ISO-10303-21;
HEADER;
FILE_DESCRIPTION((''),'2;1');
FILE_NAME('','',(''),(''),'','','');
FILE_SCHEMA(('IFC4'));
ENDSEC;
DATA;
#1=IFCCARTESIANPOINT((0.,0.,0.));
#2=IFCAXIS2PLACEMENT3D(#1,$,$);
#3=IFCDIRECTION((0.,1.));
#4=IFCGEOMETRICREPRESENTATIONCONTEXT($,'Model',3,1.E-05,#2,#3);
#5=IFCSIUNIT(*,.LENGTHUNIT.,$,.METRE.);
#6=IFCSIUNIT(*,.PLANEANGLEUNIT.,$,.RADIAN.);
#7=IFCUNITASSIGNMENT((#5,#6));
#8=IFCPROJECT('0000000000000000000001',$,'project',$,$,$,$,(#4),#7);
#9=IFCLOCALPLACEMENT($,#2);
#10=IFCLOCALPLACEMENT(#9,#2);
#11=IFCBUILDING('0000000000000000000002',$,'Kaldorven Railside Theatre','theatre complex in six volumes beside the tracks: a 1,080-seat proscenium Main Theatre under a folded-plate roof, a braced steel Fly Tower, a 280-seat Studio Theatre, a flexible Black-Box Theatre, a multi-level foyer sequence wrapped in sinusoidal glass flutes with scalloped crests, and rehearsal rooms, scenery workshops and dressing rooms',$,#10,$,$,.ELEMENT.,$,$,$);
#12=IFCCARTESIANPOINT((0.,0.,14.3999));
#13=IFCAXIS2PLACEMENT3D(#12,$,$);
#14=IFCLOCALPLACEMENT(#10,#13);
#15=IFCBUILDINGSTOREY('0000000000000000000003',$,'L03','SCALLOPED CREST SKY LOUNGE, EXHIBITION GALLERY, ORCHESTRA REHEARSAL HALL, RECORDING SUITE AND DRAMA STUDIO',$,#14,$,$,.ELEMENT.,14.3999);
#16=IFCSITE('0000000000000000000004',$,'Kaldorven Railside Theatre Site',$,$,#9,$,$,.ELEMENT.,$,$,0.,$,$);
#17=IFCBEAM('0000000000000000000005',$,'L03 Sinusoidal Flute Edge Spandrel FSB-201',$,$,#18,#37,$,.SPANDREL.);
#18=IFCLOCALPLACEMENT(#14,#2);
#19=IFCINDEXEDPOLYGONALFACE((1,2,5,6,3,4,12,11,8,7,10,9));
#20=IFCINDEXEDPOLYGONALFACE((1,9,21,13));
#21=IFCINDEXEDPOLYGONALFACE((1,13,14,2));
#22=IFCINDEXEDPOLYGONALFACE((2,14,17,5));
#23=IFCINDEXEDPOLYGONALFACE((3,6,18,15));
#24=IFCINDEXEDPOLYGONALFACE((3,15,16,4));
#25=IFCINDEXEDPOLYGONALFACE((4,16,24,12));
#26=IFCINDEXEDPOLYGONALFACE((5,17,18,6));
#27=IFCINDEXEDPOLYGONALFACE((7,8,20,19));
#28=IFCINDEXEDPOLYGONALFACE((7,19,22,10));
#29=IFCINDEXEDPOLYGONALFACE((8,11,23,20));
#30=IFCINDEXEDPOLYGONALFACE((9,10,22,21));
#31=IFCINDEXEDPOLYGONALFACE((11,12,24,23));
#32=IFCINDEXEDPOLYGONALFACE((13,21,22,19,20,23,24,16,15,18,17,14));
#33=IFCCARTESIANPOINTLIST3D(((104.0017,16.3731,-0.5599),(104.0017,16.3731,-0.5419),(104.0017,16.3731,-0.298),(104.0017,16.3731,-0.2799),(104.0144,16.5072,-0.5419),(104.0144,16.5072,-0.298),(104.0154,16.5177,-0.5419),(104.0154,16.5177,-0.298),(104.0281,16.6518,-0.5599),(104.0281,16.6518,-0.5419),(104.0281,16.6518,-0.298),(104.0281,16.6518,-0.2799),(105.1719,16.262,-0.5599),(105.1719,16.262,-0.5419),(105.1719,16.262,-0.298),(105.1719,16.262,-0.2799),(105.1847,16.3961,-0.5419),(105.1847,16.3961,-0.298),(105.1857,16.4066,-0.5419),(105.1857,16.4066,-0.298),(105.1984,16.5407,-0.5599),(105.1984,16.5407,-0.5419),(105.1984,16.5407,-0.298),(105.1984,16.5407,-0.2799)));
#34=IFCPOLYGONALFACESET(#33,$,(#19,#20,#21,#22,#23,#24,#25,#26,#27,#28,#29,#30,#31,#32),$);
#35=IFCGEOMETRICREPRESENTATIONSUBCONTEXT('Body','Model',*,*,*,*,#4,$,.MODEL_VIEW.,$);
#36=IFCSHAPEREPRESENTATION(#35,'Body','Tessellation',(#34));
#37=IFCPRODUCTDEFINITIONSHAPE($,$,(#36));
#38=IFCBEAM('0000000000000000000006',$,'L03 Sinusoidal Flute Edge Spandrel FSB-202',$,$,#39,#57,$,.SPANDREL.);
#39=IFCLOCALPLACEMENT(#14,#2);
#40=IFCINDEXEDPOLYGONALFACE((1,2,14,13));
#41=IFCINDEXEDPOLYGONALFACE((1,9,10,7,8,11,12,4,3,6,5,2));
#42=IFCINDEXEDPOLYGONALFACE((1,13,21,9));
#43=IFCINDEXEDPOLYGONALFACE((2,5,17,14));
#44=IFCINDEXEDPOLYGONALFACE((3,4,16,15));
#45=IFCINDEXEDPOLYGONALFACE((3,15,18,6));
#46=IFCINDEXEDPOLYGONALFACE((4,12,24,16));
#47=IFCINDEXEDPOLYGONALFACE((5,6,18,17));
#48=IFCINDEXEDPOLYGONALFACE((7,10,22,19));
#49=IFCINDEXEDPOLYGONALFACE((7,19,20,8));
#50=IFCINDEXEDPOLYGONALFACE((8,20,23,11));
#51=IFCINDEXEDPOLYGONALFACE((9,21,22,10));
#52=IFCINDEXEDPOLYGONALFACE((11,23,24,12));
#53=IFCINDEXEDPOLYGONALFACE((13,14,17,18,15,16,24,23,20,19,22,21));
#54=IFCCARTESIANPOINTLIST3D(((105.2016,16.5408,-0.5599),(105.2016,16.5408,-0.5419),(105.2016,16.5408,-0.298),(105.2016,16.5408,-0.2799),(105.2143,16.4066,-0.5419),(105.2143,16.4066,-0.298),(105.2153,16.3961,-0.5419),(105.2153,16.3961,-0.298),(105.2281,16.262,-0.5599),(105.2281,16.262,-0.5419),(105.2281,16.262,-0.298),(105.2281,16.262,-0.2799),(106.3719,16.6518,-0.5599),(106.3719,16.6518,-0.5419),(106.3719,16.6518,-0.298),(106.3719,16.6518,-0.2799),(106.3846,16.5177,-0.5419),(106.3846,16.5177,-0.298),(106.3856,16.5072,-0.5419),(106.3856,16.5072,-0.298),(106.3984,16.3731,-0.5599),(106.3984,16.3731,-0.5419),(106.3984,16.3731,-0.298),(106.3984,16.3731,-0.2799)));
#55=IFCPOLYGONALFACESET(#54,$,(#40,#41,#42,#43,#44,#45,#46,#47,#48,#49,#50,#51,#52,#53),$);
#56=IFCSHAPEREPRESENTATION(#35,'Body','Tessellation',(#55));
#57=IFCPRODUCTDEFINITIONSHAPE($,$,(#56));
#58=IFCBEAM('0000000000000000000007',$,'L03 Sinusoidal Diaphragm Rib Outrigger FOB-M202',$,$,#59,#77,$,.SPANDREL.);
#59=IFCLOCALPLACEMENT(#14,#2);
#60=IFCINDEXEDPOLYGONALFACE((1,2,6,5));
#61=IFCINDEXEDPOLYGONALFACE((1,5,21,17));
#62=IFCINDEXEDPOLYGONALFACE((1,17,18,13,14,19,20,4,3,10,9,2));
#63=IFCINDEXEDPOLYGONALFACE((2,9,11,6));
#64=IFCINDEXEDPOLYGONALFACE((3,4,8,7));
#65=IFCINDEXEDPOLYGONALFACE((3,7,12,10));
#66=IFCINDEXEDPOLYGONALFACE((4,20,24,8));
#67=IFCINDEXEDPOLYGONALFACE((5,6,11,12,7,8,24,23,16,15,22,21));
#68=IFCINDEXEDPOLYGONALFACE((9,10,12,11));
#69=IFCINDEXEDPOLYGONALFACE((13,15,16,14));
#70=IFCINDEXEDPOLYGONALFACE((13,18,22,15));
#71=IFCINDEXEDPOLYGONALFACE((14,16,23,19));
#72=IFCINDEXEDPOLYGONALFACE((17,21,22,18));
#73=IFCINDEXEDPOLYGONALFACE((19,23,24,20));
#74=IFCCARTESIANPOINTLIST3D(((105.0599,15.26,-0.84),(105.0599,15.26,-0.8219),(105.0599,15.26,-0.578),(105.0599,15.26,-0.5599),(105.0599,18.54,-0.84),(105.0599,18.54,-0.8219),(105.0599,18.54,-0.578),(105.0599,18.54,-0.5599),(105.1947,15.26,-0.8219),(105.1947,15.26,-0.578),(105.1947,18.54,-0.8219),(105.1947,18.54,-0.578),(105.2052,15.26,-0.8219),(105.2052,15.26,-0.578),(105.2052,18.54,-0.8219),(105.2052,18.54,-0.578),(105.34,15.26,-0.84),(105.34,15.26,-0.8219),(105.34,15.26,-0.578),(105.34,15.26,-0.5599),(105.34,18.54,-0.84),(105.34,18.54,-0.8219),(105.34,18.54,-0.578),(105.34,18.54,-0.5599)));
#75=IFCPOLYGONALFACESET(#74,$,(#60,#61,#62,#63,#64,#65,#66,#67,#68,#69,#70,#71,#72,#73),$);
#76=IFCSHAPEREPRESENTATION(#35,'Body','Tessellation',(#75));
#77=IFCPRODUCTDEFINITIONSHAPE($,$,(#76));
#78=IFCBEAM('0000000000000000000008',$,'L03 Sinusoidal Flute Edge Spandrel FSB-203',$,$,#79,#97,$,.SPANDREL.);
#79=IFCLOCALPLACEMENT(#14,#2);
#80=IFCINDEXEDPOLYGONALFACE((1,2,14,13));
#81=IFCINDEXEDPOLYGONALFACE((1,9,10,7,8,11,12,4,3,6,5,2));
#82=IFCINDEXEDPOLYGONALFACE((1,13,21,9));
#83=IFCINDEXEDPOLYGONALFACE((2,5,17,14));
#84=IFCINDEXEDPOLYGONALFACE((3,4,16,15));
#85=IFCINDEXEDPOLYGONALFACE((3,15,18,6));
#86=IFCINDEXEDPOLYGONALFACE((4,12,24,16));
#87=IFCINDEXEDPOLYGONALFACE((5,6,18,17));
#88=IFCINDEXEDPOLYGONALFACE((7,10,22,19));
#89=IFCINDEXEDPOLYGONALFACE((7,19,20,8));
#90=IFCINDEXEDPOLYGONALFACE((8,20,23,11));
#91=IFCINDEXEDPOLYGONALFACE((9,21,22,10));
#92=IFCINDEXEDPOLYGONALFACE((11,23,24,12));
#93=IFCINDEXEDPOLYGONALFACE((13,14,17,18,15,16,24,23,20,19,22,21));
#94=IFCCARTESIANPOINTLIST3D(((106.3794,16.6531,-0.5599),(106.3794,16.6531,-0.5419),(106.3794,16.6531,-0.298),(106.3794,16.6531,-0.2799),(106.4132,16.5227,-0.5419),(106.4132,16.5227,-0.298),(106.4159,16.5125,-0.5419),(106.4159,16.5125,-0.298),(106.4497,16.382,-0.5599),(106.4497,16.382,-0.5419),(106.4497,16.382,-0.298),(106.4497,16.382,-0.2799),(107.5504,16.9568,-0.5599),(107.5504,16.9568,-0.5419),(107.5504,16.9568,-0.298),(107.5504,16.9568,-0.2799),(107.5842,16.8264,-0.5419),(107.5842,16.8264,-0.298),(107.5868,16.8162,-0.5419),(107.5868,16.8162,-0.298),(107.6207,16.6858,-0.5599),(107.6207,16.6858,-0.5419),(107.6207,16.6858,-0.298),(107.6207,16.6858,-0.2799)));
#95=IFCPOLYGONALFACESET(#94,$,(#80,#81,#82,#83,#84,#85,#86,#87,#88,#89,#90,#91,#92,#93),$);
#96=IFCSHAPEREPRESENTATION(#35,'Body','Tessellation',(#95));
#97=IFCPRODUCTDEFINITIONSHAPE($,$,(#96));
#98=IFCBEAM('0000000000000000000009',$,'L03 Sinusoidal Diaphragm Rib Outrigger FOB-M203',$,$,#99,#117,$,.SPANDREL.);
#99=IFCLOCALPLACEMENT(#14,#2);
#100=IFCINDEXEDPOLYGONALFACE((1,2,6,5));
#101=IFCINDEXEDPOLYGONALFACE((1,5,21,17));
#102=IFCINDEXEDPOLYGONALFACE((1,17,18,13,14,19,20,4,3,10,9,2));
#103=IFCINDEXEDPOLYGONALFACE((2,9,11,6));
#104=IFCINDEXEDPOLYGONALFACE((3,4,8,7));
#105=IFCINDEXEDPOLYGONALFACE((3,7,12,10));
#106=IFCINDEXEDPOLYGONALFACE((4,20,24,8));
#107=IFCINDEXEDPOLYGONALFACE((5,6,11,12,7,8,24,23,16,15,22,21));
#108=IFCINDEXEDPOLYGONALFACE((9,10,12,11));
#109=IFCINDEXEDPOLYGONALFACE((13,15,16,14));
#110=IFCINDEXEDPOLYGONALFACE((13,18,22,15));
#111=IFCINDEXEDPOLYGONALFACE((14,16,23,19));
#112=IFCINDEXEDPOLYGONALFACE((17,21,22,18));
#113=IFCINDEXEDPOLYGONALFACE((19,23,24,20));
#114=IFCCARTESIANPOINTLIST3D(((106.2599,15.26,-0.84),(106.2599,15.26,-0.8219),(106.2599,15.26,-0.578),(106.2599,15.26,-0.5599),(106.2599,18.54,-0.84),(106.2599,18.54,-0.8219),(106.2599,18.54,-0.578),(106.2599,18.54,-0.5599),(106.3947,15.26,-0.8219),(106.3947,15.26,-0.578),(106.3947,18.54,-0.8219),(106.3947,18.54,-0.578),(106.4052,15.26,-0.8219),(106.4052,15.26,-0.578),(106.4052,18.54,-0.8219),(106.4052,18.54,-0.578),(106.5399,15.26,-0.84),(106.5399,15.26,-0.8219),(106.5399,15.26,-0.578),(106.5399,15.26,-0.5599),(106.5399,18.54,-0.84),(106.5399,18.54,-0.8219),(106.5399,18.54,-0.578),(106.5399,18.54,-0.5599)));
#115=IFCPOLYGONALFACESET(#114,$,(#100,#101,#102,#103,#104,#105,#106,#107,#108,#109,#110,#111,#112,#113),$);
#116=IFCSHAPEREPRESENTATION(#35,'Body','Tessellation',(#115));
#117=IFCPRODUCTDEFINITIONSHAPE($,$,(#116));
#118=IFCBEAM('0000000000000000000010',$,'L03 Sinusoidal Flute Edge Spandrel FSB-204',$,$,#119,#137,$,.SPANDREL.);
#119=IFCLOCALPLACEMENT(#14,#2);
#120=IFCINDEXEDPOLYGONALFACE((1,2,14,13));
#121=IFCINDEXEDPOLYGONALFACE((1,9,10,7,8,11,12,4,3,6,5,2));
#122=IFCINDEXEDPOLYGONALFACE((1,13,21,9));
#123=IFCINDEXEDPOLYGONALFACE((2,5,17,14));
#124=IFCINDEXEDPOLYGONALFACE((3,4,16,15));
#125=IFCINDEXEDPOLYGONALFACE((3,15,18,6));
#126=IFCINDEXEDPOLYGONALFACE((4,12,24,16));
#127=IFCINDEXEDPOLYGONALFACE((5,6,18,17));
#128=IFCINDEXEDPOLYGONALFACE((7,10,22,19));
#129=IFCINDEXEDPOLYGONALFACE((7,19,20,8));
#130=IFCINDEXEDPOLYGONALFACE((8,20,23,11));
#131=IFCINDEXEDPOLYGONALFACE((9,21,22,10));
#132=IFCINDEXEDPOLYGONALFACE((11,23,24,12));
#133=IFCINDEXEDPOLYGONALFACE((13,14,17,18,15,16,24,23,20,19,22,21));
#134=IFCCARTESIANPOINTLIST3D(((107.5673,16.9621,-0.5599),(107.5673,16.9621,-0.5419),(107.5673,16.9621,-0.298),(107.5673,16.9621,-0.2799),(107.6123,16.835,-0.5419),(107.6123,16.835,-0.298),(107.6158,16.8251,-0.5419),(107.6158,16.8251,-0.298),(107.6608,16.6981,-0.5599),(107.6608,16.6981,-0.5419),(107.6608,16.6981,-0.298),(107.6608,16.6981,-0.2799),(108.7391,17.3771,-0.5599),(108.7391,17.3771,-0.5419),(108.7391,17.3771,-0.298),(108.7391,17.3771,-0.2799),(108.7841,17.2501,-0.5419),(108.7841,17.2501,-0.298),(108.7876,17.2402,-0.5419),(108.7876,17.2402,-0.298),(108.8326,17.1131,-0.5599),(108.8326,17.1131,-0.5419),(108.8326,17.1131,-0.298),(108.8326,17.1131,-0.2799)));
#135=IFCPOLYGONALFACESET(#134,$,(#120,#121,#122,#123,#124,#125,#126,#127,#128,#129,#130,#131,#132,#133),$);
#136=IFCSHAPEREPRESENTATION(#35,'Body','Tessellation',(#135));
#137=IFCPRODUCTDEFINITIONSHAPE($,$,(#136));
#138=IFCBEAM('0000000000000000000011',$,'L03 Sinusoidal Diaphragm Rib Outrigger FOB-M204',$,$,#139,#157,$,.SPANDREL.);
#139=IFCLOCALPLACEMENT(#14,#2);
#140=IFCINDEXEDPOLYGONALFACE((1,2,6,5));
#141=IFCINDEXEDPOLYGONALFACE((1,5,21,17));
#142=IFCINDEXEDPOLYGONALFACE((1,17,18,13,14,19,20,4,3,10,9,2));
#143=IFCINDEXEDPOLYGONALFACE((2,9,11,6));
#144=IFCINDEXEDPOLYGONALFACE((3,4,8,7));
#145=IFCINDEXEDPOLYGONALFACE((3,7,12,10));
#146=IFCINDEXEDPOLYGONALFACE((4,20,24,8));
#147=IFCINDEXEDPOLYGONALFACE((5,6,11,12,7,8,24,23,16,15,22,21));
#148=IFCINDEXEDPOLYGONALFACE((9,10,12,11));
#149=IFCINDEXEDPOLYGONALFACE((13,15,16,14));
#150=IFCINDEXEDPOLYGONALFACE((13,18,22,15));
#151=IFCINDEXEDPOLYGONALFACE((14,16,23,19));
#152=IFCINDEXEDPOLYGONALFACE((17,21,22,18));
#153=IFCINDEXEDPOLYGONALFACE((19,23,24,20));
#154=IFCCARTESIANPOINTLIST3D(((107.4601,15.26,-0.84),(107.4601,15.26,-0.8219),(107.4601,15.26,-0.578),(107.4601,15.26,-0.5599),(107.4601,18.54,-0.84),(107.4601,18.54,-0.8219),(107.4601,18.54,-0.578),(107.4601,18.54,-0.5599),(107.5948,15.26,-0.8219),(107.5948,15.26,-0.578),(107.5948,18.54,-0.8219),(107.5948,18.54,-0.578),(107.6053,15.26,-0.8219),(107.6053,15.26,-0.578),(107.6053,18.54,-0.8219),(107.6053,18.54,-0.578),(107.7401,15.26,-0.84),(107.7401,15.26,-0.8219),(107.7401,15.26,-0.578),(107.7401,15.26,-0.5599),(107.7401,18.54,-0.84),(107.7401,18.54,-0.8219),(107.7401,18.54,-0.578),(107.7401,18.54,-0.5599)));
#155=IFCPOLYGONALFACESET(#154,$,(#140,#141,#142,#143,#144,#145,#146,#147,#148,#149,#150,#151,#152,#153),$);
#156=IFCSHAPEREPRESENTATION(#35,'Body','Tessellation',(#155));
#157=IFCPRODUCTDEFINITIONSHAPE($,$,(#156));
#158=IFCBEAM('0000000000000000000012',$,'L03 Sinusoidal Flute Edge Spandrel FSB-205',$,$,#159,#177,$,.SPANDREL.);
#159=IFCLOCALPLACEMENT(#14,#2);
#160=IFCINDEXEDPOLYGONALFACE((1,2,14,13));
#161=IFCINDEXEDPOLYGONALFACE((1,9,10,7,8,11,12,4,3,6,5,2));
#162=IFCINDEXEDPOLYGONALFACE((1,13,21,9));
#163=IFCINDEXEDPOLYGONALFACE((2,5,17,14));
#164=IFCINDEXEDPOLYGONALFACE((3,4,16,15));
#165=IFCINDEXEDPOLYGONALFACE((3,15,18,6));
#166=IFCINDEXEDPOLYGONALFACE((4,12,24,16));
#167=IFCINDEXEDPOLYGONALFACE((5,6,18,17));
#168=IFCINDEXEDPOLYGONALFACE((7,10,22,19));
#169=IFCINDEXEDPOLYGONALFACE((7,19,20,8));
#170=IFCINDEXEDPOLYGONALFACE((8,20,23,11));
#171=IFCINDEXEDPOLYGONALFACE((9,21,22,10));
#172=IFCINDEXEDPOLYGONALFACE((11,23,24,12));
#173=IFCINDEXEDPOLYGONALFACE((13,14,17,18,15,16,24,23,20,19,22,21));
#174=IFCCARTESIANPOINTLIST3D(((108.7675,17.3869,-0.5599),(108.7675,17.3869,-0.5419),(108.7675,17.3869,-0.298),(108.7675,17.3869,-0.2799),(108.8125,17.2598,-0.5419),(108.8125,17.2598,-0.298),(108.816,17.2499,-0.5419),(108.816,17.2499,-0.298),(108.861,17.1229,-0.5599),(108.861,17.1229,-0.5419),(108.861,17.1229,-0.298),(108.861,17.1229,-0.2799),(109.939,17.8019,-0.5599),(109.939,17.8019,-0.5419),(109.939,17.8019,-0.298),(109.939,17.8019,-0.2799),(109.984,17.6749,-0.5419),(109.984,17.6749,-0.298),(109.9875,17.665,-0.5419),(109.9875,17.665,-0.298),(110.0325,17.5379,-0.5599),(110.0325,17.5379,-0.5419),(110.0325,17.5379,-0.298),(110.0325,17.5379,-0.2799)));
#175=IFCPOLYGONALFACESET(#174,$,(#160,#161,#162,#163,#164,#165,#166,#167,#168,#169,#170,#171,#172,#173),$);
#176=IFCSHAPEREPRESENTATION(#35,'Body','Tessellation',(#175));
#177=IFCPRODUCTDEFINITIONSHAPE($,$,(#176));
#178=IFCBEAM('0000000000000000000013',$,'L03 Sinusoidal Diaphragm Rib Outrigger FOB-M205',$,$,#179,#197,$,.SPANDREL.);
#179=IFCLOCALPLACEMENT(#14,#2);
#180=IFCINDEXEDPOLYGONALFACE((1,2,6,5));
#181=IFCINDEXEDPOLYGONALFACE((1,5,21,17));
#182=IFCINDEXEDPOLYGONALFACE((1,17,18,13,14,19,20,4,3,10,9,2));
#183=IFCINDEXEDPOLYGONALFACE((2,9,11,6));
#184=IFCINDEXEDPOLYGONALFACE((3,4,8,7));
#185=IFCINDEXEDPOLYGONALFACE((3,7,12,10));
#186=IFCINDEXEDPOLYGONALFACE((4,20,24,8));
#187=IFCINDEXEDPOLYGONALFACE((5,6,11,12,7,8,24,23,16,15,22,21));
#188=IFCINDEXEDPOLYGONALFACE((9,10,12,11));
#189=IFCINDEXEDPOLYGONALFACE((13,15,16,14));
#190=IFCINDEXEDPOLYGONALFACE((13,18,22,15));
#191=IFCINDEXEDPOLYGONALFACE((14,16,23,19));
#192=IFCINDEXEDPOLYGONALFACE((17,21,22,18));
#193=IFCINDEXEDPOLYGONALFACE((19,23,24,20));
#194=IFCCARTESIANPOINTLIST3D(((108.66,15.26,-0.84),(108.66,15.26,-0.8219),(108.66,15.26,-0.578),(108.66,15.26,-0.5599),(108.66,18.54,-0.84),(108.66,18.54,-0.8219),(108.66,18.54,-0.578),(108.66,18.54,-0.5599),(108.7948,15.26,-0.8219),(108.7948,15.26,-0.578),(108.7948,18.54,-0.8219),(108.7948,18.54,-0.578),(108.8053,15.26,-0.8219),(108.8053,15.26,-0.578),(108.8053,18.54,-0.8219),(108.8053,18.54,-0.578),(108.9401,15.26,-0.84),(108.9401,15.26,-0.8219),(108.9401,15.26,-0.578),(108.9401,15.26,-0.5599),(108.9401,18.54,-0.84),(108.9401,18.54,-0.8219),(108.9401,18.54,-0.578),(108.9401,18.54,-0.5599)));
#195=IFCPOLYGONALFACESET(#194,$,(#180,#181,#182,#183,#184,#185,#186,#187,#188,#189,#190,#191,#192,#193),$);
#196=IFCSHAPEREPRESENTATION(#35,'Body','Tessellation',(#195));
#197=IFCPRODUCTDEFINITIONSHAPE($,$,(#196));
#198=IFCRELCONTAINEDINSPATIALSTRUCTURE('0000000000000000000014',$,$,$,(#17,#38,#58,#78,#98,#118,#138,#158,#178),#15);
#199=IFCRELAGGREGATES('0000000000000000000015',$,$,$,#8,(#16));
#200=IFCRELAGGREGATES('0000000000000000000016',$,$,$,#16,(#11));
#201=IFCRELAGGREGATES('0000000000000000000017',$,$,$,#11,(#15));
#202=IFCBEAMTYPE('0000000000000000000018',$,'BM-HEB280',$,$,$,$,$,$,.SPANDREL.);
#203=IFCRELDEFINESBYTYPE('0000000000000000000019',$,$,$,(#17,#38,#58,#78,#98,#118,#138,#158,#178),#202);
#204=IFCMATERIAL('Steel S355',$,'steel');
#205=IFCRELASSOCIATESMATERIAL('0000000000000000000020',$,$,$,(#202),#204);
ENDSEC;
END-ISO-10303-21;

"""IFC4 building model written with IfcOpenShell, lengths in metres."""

from ifc_helpers import new_model, si_unit, direction, frame, origin, origin_2d, place, context, subcontext, project, spatial, i_section, extrude, material, material_profile, profile_set, type_object, element, save


model = new_model("IFC4")

# Units and contexts
model_context = context("Model", 3, precision=1e-05, world=origin(), true_north=direction((0.0, 1.0)))
body_context = subcontext(model_context, "Body", "Model", "MODEL_VIEW")
ifc_project = project(units=[si_unit("LENGTHUNIT", "METRE"), si_unit("PLANEANGLEUNIT", "RADIAN")], contexts=[model_context])

# Site, building, storey
site_placement = place(None, origin())
site = spatial("IfcSite", under=ifc_project, at=site_placement, Name="Kaldorven Railside Theatre Site", CompositionType="ELEMENT", RefElevation=0.0)
building_placement = place(site_placement, origin())
building = spatial("IfcBuilding", under=site, at=building_placement, Name="Kaldorven Railside Theatre", Description="theatre complex in six volumes beside the tracks: a 1,080-seat proscenium Main Theatre under a folded-plate roof, a braced steel Fly Tower, a 280-seat Studio Theatre, a flexible Black-Box Theatre, a multi-level foyer sequence wrapped in sinusoidal glass flutes with scalloped crests, and rehearsal rooms, scenery workshops and dressing rooms", CompositionType="ELEMENT")
storey_placement = place(building_placement, frame((0.0, 0.0, 14.3999)))
storey = spatial("IfcBuildingStorey", under=building, at=storey_placement, Name="L03", Description="SCALLOPED CREST SKY LOUNGE, EXHIBITION GALLERY, ORCHESTRA REHEARSAL HALL, RECORDING SUITE AND DRAMA STUDIO", CompositionType="ELEMENT", Elevation=14.3999)

# Beams
ifc_material_1 = material(Name="Steel S355", Category="steel")
ifc_material_profile_1 = material_profile(ifc_material_1, i_section(OverallWidth=0.28, OverallDepth=0.28, WebThickness=0.0105, FlangeThickness=0.0181, at=origin_2d()), Name="HEB 280")
ifc_profile_set_1 = profile_set([ifc_material_profile_1], Name="Steel S355")
beam_type = type_object("IfcBeamType", Name="BM-HEB280", PredefinedType="SPANDREL", material=ifc_profile_set_1)
for number, where, z_axis, x_axis, name in (
    (1, (104.0149, 16.5125, -0.4199), (0.995524, -0.094505, 0.0), (0.094505, 0.995524, 0.0), "L03 Sinusoidal Flute Edge Spandrel FSB-201"),
    (2, (105.2148, 16.4014, -0.4199), (0.995524, 0.094505, 0.0), (-0.094505, 0.995524, 0.0), "L03 Sinusoidal Flute Edge Spandrel FSB-202"),
):
    element("IfcBeam", number, at=place(storey_placement, frame(where, z_axis=z_axis, x_axis=x_axis)), inside=storey, type_object=beam_type, Name=name, PredefinedType="SPANDREL", context=body_context, shape_type="SweptSolid", body=[
        extrude(i_section(OverallWidth=0.28, OverallDepth=0.28, WebThickness=0.0105, FlangeThickness=0.0181, at=origin_2d()), origin(), (0.0, 0.0, 1.0), 1.1755),
    ])
beam_1_placement = place(storey_placement, frame((105.2, 15.26, -0.7), z_axis=(0.0, 1.0, 0.0), x_axis=(-1.0, 0.0, 0.0)))
element("IfcBeam", 3, at=beam_1_placement, inside=storey, type_object=beam_type, Name="L03 Sinusoidal Diaphragm Rib Outrigger FOB-M202", PredefinedType="SPANDREL", context=body_context, shape_type="SweptSolid", body=[
    extrude(i_section(OverallWidth=0.28, OverallDepth=0.28, WebThickness=0.0105, FlangeThickness=0.0181, at=origin_2d()), origin(), (0.0, 0.0, 1.0), 3.28),
])
beam_2_placement = place(storey_placement, frame((106.4146, 16.5176, -0.4199), z_axis=(0.967968, 0.251074, 0.0), x_axis=(-0.251074, 0.967968, 0.0)))
element("IfcBeam", 4, at=beam_2_placement, inside=storey, type_object=beam_type, Name="L03 Sinusoidal Flute Edge Spandrel FSB-203", PredefinedType="SPANDREL", context=body_context, shape_type="SweptSolid", body=[
    extrude(i_section(OverallWidth=0.28, OverallDepth=0.28, WebThickness=0.0105, FlangeThickness=0.0181, at=origin_2d()), origin(), (0.0, 0.0, 1.0), 1.2097),
])
beam_3_placement = place(storey_placement, frame((106.3999, 15.26, -0.7), z_axis=(0.0, 1.0, 0.0), x_axis=(-1.0, 0.0, 0.0)))
element("IfcBeam", 5, at=beam_3_placement, inside=storey, type_object=beam_type, Name="L03 Sinusoidal Diaphragm Rib Outrigger FOB-M203", PredefinedType="SPANDREL", context=body_context, shape_type="SweptSolid", body=[
    extrude(i_section(OverallWidth=0.28, OverallDepth=0.28, WebThickness=0.0105, FlangeThickness=0.0181, at=origin_2d()), origin(), (0.0, 0.0, 1.0), 3.28),
])
beam_4_placement = place(storey_placement, frame((107.614, 16.8301, -0.4199), z_axis=(0.942627, 0.333847, 0.0), x_axis=(-0.333847, 0.942627, 0.0)))
element("IfcBeam", 6, at=beam_4_placement, inside=storey, type_object=beam_type, Name="L03 Sinusoidal Flute Edge Spandrel FSB-204", PredefinedType="SPANDREL", context=body_context, shape_type="SweptSolid", body=[
    extrude(i_section(OverallWidth=0.28, OverallDepth=0.28, WebThickness=0.0105, FlangeThickness=0.0181, at=origin_2d()), origin(), (0.0, 0.0, 1.0), 1.2432),
])
beam_5_placement = place(storey_placement, frame((107.6001, 15.26, -0.7), z_axis=(0.0, 1.0, 0.0), x_axis=(-1.0, 0.0, 0.0)))
element("IfcBeam", 7, at=beam_5_placement, inside=storey, type_object=beam_type, Name="L03 Sinusoidal Diaphragm Rib Outrigger FOB-M204", PredefinedType="SPANDREL", context=body_context, shape_type="SweptSolid", body=[
    extrude(i_section(OverallWidth=0.28, OverallDepth=0.28, WebThickness=0.0105, FlangeThickness=0.0181, at=origin_2d()), origin(), (0.0, 0.0, 1.0), 3.28),
])
beam_6_placement = place(storey_placement, frame((108.8142, 17.2549, -0.4199), z_axis=(0.942605, 0.333909, 0.0), x_axis=(-0.333909, 0.942605, 0.0)))
element("IfcBeam", 8, at=beam_6_placement, inside=storey, type_object=beam_type, Name="L03 Sinusoidal Flute Edge Spandrel FSB-205", PredefinedType="SPANDREL", context=body_context, shape_type="SweptSolid", body=[
    extrude(i_section(OverallWidth=0.28, OverallDepth=0.28, WebThickness=0.0105, FlangeThickness=0.0181, at=origin_2d()), origin(), (0.0, 0.0, 1.0), 1.2429),
])
beam_7_placement = place(storey_placement, frame((108.8, 15.26, -0.7), z_axis=(0.0, 1.0, 0.0), x_axis=(-1.0, 0.0, 0.0)))
element("IfcBeam", 9, at=beam_7_placement, inside=storey, type_object=beam_type, Name="L03 Sinusoidal Diaphragm Rib Outrigger FOB-M205", PredefinedType="SPANDREL", context=body_context, shape_type="SweptSolid", body=[
    extrude(i_section(OverallWidth=0.28, OverallDepth=0.28, WebThickness=0.0105, FlangeThickness=0.0181, at=origin_2d()), origin(), (0.0, 0.0, 1.0), 3.28),
])

save(model, "model.ifc")
